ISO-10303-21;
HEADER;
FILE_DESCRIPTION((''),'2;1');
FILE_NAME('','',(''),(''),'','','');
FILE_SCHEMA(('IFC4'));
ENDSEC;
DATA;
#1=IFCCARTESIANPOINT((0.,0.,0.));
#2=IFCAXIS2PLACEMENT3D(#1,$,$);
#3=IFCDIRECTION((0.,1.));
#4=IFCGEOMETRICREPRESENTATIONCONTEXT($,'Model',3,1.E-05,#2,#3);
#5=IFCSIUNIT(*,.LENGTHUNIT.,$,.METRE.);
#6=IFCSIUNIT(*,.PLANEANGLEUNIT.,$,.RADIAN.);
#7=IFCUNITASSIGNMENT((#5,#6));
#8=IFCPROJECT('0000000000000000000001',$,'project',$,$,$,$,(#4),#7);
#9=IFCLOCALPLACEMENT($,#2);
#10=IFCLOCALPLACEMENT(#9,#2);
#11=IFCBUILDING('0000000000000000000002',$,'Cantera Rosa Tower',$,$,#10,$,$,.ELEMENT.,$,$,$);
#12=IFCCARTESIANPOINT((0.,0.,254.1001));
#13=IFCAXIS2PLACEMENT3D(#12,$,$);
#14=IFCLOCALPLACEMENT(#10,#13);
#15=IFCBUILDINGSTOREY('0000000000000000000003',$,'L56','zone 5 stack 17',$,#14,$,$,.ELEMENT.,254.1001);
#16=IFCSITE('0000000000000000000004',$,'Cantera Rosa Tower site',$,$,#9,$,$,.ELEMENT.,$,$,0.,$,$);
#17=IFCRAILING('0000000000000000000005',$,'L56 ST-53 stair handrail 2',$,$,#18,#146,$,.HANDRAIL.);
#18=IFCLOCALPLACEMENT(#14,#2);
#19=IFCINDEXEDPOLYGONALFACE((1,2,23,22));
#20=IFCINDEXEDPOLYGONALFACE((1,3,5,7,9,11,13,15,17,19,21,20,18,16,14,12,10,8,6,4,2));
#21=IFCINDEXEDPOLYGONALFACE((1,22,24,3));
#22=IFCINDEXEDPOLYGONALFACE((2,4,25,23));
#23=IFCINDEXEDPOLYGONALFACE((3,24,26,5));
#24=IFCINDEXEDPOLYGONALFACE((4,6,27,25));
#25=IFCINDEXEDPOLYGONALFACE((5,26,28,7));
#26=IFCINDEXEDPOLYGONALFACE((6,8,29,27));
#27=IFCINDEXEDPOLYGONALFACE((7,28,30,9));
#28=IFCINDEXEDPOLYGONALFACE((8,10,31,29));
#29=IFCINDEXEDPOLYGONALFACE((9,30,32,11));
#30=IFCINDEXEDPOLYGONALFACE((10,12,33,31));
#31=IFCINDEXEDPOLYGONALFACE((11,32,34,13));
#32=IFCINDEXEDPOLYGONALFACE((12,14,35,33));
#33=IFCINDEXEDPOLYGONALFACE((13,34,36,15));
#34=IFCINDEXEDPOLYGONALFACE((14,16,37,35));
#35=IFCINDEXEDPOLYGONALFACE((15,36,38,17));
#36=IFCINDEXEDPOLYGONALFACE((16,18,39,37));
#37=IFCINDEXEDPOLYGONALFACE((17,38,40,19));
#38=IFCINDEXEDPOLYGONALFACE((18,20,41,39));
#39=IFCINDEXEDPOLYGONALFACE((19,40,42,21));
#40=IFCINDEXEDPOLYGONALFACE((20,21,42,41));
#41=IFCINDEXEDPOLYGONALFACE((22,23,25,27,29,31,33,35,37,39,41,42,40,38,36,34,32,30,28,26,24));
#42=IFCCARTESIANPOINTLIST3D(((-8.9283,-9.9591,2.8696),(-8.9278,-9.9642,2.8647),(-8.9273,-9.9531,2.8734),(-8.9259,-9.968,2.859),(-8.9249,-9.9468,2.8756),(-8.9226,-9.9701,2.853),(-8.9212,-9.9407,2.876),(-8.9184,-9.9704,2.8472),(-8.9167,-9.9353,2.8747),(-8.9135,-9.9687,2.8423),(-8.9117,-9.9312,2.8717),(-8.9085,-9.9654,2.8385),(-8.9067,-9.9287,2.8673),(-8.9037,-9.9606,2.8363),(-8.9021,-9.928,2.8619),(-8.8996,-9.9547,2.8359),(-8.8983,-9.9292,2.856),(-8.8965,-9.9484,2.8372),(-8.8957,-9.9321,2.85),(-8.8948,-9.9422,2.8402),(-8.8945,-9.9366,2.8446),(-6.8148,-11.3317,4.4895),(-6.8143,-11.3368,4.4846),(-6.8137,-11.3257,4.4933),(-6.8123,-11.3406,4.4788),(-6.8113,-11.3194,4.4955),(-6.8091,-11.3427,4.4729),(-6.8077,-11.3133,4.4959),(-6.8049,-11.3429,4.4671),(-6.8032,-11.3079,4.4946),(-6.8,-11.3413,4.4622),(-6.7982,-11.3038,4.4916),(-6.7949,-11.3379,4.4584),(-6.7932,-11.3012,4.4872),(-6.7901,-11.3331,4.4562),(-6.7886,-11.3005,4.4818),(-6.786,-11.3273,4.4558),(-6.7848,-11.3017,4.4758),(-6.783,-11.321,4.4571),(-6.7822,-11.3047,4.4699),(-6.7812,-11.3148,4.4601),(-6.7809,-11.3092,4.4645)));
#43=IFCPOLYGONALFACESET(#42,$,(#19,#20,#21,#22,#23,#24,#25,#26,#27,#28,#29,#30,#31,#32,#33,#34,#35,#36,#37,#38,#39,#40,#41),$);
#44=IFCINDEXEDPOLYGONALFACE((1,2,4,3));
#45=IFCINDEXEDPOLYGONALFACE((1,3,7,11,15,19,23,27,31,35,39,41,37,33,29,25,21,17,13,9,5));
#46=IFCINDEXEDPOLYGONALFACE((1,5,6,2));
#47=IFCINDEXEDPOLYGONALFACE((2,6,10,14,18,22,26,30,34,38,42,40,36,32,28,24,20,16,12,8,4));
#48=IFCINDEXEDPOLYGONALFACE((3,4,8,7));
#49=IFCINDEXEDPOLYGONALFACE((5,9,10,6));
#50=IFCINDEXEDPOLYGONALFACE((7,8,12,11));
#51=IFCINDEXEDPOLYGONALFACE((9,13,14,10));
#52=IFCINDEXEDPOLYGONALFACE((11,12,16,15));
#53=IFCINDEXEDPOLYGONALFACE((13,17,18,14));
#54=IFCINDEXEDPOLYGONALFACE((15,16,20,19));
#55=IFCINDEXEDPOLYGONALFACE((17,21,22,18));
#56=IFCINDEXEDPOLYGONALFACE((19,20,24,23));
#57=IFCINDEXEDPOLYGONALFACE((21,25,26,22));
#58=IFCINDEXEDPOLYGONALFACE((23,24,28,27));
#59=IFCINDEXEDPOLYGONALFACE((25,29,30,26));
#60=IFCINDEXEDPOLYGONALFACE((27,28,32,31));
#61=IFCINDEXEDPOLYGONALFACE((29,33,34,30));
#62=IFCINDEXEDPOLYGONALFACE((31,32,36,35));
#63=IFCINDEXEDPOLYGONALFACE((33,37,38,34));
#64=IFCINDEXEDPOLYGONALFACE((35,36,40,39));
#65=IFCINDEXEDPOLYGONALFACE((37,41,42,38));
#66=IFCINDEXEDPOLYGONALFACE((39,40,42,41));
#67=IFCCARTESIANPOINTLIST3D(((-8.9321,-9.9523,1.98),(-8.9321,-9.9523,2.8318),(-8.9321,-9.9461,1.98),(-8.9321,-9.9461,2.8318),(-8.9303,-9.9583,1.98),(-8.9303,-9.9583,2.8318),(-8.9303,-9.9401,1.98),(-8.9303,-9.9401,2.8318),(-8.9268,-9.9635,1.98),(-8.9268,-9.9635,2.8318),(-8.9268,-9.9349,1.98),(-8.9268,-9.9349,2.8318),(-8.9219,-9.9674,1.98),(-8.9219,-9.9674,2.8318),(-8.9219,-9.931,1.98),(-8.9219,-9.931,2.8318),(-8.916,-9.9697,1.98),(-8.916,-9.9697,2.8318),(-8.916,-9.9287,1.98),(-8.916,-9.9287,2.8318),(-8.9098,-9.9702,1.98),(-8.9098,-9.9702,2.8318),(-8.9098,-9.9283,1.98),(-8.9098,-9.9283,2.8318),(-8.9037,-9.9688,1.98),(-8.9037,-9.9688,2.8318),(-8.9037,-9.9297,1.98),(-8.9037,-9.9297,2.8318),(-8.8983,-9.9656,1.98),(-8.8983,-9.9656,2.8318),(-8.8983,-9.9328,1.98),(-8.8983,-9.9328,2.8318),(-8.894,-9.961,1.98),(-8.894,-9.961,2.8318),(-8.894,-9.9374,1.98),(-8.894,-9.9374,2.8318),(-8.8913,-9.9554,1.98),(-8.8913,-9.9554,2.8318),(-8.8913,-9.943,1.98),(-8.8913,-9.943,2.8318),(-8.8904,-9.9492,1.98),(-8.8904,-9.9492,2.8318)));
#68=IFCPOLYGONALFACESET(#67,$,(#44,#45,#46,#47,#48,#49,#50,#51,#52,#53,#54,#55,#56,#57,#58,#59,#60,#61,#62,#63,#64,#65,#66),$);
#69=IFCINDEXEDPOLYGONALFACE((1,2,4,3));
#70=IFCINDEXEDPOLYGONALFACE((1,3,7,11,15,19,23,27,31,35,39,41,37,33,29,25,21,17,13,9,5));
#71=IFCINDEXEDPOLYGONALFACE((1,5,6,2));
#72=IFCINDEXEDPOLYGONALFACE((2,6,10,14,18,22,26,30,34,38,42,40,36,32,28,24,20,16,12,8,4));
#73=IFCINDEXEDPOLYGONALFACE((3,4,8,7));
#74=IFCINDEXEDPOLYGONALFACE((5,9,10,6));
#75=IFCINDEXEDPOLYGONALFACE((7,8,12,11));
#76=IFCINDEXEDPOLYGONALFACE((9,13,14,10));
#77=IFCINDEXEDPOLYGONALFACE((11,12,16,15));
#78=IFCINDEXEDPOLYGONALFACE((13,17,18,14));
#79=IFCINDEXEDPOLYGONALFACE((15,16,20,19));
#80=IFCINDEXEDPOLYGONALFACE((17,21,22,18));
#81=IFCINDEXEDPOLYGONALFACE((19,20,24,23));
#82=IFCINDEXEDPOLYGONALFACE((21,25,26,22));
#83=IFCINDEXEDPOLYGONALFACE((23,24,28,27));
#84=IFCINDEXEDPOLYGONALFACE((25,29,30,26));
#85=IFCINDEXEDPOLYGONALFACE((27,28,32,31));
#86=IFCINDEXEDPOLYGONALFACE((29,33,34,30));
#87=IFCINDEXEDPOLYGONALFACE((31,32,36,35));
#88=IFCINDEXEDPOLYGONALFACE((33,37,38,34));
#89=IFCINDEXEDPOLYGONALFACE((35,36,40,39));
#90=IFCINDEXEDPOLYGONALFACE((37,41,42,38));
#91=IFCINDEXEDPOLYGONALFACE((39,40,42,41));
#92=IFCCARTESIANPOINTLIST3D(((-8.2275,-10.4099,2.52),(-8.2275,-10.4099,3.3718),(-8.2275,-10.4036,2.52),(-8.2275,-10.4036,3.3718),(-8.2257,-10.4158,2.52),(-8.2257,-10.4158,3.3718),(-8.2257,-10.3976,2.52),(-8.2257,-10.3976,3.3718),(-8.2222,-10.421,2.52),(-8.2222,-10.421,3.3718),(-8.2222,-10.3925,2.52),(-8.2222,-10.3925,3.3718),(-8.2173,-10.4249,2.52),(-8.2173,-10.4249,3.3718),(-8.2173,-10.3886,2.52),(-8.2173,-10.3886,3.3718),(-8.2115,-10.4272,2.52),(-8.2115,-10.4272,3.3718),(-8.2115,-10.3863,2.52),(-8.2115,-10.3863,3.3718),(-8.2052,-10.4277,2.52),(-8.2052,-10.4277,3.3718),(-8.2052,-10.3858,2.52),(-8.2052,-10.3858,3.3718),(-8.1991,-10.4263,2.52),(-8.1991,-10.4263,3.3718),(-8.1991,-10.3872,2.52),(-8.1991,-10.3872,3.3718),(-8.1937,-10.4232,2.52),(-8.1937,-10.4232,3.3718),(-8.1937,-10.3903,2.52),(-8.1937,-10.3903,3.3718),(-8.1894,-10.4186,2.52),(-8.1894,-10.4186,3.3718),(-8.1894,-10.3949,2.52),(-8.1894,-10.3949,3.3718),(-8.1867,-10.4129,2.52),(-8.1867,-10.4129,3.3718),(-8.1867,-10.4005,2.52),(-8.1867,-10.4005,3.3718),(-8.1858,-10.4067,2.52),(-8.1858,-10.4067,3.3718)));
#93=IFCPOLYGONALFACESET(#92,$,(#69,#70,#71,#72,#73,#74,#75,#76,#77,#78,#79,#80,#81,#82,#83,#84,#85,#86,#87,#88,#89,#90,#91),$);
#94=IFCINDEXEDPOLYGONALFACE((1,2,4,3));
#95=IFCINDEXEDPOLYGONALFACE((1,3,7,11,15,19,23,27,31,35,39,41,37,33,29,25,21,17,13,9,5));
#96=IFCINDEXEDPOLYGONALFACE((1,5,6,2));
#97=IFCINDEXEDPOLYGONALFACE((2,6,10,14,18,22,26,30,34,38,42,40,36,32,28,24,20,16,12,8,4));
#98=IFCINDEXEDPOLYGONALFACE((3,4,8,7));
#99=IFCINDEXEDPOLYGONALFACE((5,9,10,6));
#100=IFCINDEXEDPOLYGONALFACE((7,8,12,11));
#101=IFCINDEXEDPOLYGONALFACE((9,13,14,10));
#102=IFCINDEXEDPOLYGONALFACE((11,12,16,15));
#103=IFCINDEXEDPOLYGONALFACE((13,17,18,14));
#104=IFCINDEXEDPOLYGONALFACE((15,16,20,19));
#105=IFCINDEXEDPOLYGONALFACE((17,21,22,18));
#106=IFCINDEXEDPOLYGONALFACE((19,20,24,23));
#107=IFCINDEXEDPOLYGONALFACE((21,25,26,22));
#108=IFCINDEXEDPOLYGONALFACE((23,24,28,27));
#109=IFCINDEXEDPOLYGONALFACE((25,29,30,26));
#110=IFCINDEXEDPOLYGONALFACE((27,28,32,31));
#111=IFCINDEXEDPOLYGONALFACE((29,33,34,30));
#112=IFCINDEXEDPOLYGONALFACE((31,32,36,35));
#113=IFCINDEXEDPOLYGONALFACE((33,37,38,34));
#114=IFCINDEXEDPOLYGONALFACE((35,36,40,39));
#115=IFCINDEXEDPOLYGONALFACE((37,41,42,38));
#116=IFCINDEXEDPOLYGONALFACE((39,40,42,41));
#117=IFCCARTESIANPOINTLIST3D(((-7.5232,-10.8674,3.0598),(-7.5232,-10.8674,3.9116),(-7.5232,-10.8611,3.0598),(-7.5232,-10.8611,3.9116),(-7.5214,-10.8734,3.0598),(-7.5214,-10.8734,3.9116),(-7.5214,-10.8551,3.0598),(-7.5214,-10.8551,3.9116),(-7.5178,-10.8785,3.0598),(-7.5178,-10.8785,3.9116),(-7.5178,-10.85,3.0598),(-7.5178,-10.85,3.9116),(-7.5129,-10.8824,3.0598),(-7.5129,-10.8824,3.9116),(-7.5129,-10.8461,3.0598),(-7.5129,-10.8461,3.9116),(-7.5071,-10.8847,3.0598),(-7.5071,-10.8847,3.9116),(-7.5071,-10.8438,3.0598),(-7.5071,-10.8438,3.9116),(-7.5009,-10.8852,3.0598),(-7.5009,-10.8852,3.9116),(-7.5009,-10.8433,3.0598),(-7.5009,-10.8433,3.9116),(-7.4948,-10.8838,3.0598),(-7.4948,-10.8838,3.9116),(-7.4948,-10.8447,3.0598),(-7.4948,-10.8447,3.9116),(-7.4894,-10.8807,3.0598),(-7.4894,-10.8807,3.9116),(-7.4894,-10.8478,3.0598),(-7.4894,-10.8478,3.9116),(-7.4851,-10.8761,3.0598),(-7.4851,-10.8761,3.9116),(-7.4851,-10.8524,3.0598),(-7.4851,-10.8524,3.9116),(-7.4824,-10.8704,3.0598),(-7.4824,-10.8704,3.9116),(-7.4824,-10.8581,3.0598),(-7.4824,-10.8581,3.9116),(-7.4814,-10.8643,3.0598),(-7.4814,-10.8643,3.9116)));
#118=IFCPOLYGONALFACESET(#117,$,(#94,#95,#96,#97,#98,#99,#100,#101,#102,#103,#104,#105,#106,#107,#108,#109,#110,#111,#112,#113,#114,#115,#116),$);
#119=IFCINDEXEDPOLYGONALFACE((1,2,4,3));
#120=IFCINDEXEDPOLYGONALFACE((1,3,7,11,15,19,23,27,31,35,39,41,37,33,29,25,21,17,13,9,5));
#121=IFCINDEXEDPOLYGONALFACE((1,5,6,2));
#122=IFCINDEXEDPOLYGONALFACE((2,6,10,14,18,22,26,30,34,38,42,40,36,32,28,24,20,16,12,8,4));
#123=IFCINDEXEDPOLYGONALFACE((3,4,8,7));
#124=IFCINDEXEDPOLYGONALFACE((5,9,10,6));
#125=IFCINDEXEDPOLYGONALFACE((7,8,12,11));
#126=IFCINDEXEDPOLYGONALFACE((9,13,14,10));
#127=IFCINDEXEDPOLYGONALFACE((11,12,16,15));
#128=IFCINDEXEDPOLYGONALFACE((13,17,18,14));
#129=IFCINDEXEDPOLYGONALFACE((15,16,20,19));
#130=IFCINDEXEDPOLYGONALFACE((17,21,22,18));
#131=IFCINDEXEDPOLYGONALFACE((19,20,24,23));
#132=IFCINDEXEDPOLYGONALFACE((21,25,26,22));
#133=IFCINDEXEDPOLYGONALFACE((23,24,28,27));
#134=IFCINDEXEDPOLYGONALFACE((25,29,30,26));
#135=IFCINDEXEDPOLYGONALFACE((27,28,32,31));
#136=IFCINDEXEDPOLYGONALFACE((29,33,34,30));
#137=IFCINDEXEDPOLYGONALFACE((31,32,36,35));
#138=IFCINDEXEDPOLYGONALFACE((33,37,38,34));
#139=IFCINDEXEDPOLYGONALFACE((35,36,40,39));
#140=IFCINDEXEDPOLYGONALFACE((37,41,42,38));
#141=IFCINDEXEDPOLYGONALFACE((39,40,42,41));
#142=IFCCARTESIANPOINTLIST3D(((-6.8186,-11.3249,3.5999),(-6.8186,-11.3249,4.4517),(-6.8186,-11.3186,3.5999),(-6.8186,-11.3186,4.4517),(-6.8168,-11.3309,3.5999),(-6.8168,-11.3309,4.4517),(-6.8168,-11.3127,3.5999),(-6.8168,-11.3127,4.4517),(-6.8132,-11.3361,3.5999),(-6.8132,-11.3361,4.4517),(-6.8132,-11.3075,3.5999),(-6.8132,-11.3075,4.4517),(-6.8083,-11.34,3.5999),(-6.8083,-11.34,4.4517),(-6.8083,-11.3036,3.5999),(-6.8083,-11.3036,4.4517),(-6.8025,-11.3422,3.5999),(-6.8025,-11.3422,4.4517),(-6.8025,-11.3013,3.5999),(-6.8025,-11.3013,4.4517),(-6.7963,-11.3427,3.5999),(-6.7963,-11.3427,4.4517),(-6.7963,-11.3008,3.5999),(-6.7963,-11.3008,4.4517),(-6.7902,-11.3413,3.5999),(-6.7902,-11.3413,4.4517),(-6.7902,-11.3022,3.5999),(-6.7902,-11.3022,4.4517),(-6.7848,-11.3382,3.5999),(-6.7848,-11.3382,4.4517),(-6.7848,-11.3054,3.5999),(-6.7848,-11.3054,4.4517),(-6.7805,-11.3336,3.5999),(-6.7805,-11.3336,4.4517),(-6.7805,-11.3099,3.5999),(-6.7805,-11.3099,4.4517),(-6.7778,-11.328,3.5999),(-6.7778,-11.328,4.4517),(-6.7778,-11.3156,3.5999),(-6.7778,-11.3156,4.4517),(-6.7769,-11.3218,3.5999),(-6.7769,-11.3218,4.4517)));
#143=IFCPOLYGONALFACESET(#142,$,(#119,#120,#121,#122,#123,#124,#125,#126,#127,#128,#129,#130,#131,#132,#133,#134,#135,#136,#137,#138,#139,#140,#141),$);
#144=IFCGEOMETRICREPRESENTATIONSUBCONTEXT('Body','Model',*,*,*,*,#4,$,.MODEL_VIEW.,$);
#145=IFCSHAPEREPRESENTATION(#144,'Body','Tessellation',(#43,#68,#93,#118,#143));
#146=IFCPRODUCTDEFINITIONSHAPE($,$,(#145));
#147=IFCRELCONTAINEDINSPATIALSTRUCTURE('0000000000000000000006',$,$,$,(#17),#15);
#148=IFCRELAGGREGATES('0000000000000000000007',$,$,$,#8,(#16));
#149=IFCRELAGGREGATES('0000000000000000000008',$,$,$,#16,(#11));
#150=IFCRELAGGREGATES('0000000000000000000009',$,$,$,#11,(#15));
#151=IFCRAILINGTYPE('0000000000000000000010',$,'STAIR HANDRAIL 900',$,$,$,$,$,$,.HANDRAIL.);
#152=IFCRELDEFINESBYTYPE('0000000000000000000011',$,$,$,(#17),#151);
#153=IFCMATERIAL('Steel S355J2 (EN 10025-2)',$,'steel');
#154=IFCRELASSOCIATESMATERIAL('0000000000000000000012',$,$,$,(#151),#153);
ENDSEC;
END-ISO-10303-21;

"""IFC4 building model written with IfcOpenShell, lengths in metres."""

from ifc_helpers import new_model, si_unit, direction, frame, origin, origin_2d, place, context, subcontext, project, spatial, circle, extrude, material, type_object, element, save


model = new_model("IFC4")

# Units and contexts
model_context = context("Model", 3, precision=1e-05, world=origin(), true_north=direction((0.0, 1.0)))
body_context = subcontext(model_context, "Body", "Model", "MODEL_VIEW")
ifc_project = project(units=[si_unit("LENGTHUNIT", "METRE"), si_unit("PLANEANGLEUNIT", "RADIAN")], contexts=[model_context])

# Site, building, storey
site_placement = place(None, origin())
site = spatial("IfcSite", under=ifc_project, at=site_placement, Name="Cantera Rosa Tower site", CompositionType="ELEMENT", RefElevation=0.0)
building_placement = place(site_placement, origin())
building = spatial("IfcBuilding", under=site, at=building_placement, Name="Cantera Rosa Tower", CompositionType="ELEMENT")
storey_placement = place(building_placement, frame((0.0, 0.0, 254.1001)))
storey = spatial("IfcBuildingStorey", under=building, at=storey_placement, Name="L56", Description="zone 5 stack 17", CompositionType="ELEMENT", Elevation=254.1001)

# Railing
ifc_material_1 = material(Name="Steel S355J2 (EN 10025-2)", Category="steel")
railing_type_1 = type_object("IfcRailingType", Name="STAIR HANDRAIL 900", PredefinedType="HANDRAIL", material=ifc_material_1)
railing_1_placement = place(storey_placement, frame((-8.9114, -9.9492, 1.98)))
element("IfcRailing", 1, at=railing_1_placement, inside=storey, type_object=railing_type_1, Name="L56 ST-53 stair handrail 2", PredefinedType="HANDRAIL", context=body_context, shape_type="SweptSolid", body=[
    extrude(circle(Radius=0.0239, at=origin_2d()), frame((0.0, 0.0, 0.876), z_axis=(0.705493, -0.458159, 0.540712), x_axis=(0.544644, 0.838667, 0.0)), (0.0, 0.0, 1.0), 2.9958),
    extrude(circle(Radius=0.021, at=origin_2d()), origin(), (0.0, 0.0, 1.0), 0.8518),
    extrude(circle(Radius=0.021, at=origin_2d()), frame((0.7046, -0.4575, 0.54)), (0.0, 0.0, 1.0), 0.8518),
    extrude(circle(Radius=0.021, at=origin_2d()), frame((1.4089, -0.915, 1.0798)), (0.0, 0.0, 1.0), 0.8518),
    extrude(circle(Radius=0.021, at=origin_2d()), frame((2.1135, -1.3726, 1.6199)), (0.0, 0.0, 1.0), 0.8518),
])

save(model, "model.ifc")
